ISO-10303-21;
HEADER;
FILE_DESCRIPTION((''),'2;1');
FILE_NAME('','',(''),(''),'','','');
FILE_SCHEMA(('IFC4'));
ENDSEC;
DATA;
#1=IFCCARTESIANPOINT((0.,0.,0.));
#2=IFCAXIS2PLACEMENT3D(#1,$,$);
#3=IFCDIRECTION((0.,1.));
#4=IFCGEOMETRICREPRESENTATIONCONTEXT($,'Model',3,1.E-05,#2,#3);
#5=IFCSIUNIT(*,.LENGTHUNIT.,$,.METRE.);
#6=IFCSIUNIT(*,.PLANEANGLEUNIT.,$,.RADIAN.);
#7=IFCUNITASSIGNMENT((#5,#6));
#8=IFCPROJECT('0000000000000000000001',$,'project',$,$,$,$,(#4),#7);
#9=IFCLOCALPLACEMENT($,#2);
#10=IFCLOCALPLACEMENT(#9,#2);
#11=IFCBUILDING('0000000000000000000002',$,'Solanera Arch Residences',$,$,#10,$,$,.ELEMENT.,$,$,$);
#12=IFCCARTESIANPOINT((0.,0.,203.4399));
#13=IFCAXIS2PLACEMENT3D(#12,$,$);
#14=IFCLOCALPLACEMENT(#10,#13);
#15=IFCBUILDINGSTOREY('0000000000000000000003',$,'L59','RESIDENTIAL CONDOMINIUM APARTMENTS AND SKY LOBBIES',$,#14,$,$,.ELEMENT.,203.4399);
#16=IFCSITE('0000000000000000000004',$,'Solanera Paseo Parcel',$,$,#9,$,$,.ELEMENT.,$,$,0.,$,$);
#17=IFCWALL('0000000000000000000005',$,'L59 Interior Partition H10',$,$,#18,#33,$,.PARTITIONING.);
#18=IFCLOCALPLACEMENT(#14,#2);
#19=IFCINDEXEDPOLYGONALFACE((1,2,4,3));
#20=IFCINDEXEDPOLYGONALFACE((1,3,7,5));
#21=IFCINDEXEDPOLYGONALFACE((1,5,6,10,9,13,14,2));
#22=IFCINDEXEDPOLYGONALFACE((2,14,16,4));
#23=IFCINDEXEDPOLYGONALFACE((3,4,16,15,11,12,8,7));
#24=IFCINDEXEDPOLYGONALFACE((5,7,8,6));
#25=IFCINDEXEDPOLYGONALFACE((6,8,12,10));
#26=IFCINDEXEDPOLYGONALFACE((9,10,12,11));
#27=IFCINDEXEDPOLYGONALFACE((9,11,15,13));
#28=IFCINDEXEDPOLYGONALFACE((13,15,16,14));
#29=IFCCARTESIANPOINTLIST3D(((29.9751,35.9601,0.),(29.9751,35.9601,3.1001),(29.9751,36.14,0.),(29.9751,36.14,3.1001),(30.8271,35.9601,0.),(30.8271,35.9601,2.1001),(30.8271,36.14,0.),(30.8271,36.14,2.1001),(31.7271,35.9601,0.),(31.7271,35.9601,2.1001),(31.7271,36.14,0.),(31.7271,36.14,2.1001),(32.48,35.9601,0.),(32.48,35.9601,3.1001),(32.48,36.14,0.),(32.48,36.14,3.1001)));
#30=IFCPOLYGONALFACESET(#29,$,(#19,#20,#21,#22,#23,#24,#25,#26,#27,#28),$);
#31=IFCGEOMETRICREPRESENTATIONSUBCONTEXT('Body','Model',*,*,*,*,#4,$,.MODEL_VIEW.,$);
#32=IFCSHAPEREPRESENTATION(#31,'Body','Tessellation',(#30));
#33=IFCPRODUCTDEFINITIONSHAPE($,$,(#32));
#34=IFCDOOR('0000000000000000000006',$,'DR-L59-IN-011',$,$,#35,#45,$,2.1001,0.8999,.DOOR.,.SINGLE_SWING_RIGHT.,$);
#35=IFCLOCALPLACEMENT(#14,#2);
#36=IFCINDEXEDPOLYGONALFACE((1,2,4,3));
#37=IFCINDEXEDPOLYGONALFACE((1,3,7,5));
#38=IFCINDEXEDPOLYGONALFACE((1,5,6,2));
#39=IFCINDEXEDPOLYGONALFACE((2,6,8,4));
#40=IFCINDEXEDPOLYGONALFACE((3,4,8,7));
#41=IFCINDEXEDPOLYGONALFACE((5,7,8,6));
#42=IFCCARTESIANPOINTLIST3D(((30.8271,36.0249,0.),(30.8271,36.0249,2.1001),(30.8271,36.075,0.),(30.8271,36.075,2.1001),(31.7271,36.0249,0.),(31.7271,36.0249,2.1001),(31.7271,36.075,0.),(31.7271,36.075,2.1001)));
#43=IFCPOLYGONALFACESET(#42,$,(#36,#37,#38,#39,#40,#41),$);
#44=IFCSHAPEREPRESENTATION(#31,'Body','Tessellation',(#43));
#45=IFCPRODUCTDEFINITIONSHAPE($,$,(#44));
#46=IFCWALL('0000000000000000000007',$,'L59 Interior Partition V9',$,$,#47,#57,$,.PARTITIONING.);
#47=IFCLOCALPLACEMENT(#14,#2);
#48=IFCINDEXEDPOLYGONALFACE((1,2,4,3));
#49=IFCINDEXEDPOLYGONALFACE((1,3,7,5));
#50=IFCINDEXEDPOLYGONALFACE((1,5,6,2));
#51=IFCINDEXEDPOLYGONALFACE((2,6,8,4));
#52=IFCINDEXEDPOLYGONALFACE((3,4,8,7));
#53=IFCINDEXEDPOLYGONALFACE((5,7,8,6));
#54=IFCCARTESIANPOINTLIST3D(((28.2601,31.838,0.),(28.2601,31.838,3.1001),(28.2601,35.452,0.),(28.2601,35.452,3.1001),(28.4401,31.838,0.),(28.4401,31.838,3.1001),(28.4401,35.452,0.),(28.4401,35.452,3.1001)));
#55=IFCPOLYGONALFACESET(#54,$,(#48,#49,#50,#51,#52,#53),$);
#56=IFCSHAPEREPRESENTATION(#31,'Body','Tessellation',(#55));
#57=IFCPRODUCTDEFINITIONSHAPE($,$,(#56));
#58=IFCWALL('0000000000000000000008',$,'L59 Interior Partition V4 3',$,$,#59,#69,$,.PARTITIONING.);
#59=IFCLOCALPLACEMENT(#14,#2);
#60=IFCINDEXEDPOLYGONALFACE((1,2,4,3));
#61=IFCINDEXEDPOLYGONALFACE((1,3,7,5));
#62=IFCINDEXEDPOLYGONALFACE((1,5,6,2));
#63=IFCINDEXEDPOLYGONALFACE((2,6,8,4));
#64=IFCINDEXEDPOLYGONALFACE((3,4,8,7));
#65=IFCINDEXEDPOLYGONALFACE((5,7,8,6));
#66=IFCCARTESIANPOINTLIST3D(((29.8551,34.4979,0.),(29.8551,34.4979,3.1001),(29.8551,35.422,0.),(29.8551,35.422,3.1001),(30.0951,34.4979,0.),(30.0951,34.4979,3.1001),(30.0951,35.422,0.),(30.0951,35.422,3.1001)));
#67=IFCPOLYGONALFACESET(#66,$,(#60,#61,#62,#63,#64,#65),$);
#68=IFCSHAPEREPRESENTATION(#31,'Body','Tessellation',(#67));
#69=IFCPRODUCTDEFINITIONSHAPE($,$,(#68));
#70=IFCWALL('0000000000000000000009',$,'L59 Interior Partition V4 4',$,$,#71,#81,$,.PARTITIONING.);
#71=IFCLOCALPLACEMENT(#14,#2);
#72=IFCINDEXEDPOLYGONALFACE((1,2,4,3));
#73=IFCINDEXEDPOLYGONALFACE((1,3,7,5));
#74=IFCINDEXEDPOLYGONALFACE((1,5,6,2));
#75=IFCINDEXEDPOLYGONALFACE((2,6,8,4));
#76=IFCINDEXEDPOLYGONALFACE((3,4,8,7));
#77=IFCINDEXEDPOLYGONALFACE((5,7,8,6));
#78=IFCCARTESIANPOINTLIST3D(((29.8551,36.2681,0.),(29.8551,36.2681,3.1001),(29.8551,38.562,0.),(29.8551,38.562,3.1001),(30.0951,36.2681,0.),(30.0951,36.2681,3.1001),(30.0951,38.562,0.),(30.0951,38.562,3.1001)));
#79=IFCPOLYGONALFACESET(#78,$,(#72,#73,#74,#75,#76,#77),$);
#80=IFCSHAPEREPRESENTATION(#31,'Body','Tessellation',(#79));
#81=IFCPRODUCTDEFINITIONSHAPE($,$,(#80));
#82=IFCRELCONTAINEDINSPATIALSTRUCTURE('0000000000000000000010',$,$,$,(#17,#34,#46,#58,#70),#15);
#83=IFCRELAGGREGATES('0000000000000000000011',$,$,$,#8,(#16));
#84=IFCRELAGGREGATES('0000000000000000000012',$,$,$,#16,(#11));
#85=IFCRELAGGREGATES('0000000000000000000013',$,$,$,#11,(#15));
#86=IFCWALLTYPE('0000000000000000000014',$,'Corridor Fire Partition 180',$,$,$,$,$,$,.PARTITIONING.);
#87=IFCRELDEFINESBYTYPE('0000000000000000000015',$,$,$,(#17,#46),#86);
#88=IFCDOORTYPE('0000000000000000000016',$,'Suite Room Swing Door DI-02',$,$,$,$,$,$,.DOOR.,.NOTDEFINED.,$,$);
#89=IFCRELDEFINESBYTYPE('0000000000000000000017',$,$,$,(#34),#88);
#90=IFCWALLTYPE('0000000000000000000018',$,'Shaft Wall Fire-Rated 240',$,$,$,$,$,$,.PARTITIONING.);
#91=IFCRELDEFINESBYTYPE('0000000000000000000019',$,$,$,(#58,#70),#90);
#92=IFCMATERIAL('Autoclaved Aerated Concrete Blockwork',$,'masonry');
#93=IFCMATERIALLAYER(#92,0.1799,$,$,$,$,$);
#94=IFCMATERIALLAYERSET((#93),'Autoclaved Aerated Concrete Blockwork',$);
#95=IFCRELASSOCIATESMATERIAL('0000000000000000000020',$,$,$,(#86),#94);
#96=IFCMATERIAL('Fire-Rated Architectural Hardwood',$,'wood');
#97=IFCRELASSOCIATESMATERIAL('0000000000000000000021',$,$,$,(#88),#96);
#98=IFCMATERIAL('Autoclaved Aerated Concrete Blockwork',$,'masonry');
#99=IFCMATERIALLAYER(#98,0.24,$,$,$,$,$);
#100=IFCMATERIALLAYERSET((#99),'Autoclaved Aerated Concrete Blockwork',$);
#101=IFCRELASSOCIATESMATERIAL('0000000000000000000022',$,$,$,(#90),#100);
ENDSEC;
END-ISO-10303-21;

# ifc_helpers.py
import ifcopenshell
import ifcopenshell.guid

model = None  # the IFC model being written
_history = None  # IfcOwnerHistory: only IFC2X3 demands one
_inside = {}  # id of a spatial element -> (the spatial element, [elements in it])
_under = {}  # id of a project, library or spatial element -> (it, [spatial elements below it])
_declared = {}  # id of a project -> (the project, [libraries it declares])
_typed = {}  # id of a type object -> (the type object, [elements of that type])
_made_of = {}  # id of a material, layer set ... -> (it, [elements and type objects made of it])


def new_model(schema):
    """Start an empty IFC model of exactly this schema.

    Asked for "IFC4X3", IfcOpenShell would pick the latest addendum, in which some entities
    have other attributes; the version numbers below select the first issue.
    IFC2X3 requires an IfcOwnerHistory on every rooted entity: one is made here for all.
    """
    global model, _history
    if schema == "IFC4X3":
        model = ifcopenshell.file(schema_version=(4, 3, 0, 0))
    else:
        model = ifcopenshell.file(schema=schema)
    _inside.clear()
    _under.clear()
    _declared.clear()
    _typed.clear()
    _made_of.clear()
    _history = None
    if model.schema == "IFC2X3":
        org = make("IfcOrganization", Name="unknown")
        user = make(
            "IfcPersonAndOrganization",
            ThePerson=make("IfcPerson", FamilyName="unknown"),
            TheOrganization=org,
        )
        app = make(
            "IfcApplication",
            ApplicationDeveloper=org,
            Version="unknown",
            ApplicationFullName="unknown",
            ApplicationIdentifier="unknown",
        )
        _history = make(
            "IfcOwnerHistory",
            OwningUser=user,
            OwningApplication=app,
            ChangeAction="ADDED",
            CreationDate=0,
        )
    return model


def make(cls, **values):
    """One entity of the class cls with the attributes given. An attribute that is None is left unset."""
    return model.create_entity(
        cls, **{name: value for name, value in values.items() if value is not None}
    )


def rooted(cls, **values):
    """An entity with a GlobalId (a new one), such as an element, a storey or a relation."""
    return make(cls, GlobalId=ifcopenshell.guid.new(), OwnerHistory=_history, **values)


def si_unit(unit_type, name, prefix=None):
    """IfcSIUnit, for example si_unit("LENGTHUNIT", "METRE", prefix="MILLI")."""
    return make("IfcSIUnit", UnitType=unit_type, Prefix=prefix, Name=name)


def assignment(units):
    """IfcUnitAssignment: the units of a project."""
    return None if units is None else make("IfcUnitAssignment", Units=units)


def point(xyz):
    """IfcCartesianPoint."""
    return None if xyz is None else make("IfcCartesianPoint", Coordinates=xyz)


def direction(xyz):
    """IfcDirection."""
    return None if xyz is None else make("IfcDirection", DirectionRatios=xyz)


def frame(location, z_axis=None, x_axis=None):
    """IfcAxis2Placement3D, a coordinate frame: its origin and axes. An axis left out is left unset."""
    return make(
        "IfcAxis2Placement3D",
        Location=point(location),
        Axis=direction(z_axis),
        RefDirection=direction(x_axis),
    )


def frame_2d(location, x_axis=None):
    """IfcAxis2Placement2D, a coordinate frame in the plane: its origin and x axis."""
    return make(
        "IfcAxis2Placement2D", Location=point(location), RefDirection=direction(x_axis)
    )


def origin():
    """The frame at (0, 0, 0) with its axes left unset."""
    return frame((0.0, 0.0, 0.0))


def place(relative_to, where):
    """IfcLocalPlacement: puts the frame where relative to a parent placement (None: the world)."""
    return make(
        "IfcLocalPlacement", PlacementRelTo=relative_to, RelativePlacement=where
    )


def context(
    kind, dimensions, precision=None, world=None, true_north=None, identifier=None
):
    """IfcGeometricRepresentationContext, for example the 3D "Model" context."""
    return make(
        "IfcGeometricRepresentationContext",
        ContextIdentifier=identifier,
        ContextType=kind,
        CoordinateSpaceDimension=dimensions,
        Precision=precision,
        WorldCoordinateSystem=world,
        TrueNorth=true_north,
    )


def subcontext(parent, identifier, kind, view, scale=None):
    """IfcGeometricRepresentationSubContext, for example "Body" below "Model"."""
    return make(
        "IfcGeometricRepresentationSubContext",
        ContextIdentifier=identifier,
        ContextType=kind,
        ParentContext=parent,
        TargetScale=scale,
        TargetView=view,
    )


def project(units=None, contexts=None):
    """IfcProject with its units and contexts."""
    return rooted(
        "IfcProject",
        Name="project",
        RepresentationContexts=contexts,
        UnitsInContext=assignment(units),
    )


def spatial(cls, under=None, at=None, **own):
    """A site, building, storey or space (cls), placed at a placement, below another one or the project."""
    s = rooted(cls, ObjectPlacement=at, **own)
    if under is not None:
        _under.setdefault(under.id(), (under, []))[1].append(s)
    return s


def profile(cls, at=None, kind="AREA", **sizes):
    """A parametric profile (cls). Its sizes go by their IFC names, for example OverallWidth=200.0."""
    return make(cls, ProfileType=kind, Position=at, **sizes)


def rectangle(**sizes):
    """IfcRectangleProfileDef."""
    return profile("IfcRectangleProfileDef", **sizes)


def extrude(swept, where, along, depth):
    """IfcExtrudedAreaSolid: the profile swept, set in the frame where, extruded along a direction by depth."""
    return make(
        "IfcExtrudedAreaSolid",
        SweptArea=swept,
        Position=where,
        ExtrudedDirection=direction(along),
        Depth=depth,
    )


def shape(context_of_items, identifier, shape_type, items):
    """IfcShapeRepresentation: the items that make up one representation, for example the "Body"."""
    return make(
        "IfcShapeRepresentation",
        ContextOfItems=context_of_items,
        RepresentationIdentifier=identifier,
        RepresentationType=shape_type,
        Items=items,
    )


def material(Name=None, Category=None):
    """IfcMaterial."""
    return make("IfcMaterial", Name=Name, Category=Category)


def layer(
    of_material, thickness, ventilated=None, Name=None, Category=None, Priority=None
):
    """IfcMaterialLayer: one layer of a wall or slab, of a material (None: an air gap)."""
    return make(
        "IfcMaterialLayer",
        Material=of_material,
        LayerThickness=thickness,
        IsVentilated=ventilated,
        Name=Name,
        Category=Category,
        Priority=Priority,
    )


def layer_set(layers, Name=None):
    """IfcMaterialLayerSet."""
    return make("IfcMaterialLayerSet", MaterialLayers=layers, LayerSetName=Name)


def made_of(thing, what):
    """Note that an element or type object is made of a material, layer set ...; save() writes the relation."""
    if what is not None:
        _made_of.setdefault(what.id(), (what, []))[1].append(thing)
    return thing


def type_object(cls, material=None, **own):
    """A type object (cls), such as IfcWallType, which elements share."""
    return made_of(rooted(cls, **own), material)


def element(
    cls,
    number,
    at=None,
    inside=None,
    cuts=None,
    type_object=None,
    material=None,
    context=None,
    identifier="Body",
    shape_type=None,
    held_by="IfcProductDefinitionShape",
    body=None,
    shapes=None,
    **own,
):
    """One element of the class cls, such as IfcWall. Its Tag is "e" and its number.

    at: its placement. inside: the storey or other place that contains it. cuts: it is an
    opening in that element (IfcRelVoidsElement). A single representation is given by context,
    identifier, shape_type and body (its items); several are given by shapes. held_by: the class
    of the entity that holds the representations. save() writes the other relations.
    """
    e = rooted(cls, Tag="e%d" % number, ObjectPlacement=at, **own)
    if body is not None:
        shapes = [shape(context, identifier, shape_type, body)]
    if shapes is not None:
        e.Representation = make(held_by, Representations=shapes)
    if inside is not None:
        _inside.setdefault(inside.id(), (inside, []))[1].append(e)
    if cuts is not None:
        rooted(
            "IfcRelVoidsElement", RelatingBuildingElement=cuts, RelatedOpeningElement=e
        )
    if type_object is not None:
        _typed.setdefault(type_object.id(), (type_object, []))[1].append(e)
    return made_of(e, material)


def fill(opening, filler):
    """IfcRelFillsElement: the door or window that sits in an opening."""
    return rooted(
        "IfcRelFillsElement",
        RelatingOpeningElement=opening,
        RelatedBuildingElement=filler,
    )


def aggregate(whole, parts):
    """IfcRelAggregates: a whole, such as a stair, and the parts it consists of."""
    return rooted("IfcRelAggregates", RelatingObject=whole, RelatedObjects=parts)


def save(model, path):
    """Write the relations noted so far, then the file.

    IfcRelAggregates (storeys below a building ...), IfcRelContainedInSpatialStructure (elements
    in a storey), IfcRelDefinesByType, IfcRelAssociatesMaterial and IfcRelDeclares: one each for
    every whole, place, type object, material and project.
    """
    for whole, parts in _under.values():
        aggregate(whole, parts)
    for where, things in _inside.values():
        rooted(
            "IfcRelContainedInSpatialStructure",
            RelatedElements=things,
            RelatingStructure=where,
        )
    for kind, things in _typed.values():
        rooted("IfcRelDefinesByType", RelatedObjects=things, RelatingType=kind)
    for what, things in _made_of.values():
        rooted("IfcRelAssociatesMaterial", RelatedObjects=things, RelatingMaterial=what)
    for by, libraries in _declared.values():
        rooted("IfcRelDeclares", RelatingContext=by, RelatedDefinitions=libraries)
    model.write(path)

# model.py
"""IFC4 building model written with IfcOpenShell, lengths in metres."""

from ifc_helpers import new_model, si_unit, direction, frame, frame_2d, origin, place, context, subcontext, project, spatial, rectangle, extrude, material, layer, layer_set, type_object, element, fill, save


model = new_model("IFC4")

# Units and contexts
model_context = context("Model", 3, precision=1e-05, world=origin(), true_north=direction((0.0, 1.0)))
body_context = subcontext(model_context, "Body", "Model", "MODEL_VIEW")
ifc_project = project(units=[si_unit("LENGTHUNIT", "METRE"), si_unit("PLANEANGLEUNIT", "RADIAN")], contexts=[model_context])

# Site, building, storey
site_placement = place(None, origin())
site = spatial("IfcSite", under=ifc_project, at=site_placement, Name="Solanera Paseo Parcel", CompositionType="ELEMENT", RefElevation=0.0)
building_placement = place(site_placement, origin())
building = spatial("IfcBuilding", under=site, at=building_placement, Name="Solanera Arch Residences", CompositionType="ELEMENT")
storey_placement = place(building_placement, frame((0.0, 0.0, 203.4399)))
storey = spatial("IfcBuildingStorey", under=building, at=storey_placement, Name="L59", Description="RESIDENTIAL CONDOMINIUM APARTMENTS AND SKY LOBBIES", CompositionType="ELEMENT", Elevation=203.4399)

# Wall, opening, door
ifc_material_1 = material(Name="Autoclaved Aerated Concrete Blockwork", Category="masonry")
ifc_layer_1 = layer(ifc_material_1, 0.1799)
ifc_layer_set_1 = layer_set([ifc_layer_1], Name="Autoclaved Aerated Concrete Blockwork")
wall_type_1 = type_object("IfcWallType", Name="Corridor Fire Partition 180", PredefinedType="PARTITIONING", material=ifc_layer_set_1)
wall_1_placement = place(storey_placement, frame((29.9751, 36.05, 0.0), z_axis=(0.0, 0.0, 1.0), x_axis=(1.0, 0.0, 0.0)))
wall_1 = element("IfcWall", 1, at=wall_1_placement, inside=storey, type_object=wall_type_1, Name="L59 Interior Partition H10", PredefinedType="PARTITIONING", context=body_context, shape_type="SweptSolid", body=[
    extrude(rectangle(XDim=2.5049, YDim=0.1799, at=frame_2d((1.2524, 0.0))), origin(), (0.0, 0.0, 1.0), 3.1001),
])
opening_1_placement = place(wall_1_placement, frame((0.8521, 0.0, 0.0)))
opening_1 = element("IfcOpeningElement", 2, at=opening_1_placement, cuts=wall_1, PredefinedType="OPENING", context=body_context, shape_type="SweptSolid", body=[
    extrude(rectangle(XDim=0.8999, YDim=2.1001, at=frame_2d((0.45, 1.05))), frame((0.0, 0.1001, 0.0), z_axis=(0.0, -1.0, 0.0), x_axis=(1.0, 0.0, 0.0)), (0.0, 0.0, 1.0), 0.1999),
])
ifc_material_2 = material(Name="Fire-Rated Architectural Hardwood", Category="wood")
door_type_1 = type_object("IfcDoorType", Name="Suite Room Swing Door DI-02", OperationType="NOTDEFINED", PredefinedType="DOOR", material=ifc_material_2)
door_1_placement = place(opening_1_placement, origin())
door_1 = element("IfcDoor", 3, at=door_1_placement, inside=storey, type_object=door_type_1, Name="DR-L59-IN-011", OperationType="SINGLE_SWING_RIGHT", OverallHeight=2.1001, OverallWidth=0.8999, PredefinedType="DOOR", context=body_context, shape_type="SweptSolid", body=[
    extrude(rectangle(XDim=0.8999, YDim=2.1001, at=frame_2d((0.45, 1.05))), frame((0.0, 0.0249, 0.0), z_axis=(0.0, -1.0, 0.0), x_axis=(1.0, 0.0, 0.0)), (0.0, 0.0, 1.0), 0.05),
])
fill(opening_1, door_1)

# Wall
wall_2_placement = place(storey_placement, frame((28.3501, 31.8379, 0.0), z_axis=(0.0, 0.0, 1.0), x_axis=(0.0, 1.0, 0.0)))
element("IfcWall", 4, at=wall_2_placement, inside=storey, type_object=wall_type_1, Name="L59 Interior Partition V9", PredefinedType="PARTITIONING", context=body_context, shape_type="SweptSolid", body=[
    extrude(rectangle(XDim=3.614, YDim=0.1799, at=frame_2d((1.8071, 0.0))), origin(), (0.0, 0.0, 1.0), 3.1001),
])

# Shared definitions
ifc_material_3 = material(Name="Autoclaved Aerated Concrete Blockwork", Category="masonry")
ifc_layer_2 = layer(ifc_material_3, 0.24)
ifc_layer_set_2 = layer_set([ifc_layer_2], Name="Autoclaved Aerated Concrete Blockwork")
wall_type_2 = type_object("IfcWallType", Name="Shaft Wall Fire-Rated 240", PredefinedType="PARTITIONING", material=ifc_layer_set_2)

# Walls
wall_3_placement = place(storey_placement, frame((29.9751, 34.498, 0.0), z_axis=(0.0, 0.0, 1.0), x_axis=(0.0, 1.0, 0.0)))
element("IfcWall", 5, at=wall_3_placement, inside=storey, type_object=wall_type_2, Name="L59 Interior Partition V4 3", PredefinedType="PARTITIONING", context=body_context, shape_type="SweptSolid", body=[
    extrude(rectangle(XDim=0.9241, YDim=0.24, at=frame_2d((0.4619, 0.0))), origin(), (0.0, 0.0, 1.0), 3.1001),
])
wall_4_placement = place(storey_placement, frame((29.9751, 36.2681, 0.0), z_axis=(0.0, 0.0, 1.0), x_axis=(0.0, 1.0, 0.0)))
element("IfcWall", 6, at=wall_4_placement, inside=storey, type_object=wall_type_2, Name="L59 Interior Partition V4 4", PredefinedType="PARTITIONING", context=body_context, shape_type="SweptSolid", body=[
    extrude(rectangle(XDim=2.2939, YDim=0.24, at=frame_2d((1.147, 0.0))), origin(), (0.0, 0.0, 1.0), 3.1001),
])

save(model, "model.ifc")
